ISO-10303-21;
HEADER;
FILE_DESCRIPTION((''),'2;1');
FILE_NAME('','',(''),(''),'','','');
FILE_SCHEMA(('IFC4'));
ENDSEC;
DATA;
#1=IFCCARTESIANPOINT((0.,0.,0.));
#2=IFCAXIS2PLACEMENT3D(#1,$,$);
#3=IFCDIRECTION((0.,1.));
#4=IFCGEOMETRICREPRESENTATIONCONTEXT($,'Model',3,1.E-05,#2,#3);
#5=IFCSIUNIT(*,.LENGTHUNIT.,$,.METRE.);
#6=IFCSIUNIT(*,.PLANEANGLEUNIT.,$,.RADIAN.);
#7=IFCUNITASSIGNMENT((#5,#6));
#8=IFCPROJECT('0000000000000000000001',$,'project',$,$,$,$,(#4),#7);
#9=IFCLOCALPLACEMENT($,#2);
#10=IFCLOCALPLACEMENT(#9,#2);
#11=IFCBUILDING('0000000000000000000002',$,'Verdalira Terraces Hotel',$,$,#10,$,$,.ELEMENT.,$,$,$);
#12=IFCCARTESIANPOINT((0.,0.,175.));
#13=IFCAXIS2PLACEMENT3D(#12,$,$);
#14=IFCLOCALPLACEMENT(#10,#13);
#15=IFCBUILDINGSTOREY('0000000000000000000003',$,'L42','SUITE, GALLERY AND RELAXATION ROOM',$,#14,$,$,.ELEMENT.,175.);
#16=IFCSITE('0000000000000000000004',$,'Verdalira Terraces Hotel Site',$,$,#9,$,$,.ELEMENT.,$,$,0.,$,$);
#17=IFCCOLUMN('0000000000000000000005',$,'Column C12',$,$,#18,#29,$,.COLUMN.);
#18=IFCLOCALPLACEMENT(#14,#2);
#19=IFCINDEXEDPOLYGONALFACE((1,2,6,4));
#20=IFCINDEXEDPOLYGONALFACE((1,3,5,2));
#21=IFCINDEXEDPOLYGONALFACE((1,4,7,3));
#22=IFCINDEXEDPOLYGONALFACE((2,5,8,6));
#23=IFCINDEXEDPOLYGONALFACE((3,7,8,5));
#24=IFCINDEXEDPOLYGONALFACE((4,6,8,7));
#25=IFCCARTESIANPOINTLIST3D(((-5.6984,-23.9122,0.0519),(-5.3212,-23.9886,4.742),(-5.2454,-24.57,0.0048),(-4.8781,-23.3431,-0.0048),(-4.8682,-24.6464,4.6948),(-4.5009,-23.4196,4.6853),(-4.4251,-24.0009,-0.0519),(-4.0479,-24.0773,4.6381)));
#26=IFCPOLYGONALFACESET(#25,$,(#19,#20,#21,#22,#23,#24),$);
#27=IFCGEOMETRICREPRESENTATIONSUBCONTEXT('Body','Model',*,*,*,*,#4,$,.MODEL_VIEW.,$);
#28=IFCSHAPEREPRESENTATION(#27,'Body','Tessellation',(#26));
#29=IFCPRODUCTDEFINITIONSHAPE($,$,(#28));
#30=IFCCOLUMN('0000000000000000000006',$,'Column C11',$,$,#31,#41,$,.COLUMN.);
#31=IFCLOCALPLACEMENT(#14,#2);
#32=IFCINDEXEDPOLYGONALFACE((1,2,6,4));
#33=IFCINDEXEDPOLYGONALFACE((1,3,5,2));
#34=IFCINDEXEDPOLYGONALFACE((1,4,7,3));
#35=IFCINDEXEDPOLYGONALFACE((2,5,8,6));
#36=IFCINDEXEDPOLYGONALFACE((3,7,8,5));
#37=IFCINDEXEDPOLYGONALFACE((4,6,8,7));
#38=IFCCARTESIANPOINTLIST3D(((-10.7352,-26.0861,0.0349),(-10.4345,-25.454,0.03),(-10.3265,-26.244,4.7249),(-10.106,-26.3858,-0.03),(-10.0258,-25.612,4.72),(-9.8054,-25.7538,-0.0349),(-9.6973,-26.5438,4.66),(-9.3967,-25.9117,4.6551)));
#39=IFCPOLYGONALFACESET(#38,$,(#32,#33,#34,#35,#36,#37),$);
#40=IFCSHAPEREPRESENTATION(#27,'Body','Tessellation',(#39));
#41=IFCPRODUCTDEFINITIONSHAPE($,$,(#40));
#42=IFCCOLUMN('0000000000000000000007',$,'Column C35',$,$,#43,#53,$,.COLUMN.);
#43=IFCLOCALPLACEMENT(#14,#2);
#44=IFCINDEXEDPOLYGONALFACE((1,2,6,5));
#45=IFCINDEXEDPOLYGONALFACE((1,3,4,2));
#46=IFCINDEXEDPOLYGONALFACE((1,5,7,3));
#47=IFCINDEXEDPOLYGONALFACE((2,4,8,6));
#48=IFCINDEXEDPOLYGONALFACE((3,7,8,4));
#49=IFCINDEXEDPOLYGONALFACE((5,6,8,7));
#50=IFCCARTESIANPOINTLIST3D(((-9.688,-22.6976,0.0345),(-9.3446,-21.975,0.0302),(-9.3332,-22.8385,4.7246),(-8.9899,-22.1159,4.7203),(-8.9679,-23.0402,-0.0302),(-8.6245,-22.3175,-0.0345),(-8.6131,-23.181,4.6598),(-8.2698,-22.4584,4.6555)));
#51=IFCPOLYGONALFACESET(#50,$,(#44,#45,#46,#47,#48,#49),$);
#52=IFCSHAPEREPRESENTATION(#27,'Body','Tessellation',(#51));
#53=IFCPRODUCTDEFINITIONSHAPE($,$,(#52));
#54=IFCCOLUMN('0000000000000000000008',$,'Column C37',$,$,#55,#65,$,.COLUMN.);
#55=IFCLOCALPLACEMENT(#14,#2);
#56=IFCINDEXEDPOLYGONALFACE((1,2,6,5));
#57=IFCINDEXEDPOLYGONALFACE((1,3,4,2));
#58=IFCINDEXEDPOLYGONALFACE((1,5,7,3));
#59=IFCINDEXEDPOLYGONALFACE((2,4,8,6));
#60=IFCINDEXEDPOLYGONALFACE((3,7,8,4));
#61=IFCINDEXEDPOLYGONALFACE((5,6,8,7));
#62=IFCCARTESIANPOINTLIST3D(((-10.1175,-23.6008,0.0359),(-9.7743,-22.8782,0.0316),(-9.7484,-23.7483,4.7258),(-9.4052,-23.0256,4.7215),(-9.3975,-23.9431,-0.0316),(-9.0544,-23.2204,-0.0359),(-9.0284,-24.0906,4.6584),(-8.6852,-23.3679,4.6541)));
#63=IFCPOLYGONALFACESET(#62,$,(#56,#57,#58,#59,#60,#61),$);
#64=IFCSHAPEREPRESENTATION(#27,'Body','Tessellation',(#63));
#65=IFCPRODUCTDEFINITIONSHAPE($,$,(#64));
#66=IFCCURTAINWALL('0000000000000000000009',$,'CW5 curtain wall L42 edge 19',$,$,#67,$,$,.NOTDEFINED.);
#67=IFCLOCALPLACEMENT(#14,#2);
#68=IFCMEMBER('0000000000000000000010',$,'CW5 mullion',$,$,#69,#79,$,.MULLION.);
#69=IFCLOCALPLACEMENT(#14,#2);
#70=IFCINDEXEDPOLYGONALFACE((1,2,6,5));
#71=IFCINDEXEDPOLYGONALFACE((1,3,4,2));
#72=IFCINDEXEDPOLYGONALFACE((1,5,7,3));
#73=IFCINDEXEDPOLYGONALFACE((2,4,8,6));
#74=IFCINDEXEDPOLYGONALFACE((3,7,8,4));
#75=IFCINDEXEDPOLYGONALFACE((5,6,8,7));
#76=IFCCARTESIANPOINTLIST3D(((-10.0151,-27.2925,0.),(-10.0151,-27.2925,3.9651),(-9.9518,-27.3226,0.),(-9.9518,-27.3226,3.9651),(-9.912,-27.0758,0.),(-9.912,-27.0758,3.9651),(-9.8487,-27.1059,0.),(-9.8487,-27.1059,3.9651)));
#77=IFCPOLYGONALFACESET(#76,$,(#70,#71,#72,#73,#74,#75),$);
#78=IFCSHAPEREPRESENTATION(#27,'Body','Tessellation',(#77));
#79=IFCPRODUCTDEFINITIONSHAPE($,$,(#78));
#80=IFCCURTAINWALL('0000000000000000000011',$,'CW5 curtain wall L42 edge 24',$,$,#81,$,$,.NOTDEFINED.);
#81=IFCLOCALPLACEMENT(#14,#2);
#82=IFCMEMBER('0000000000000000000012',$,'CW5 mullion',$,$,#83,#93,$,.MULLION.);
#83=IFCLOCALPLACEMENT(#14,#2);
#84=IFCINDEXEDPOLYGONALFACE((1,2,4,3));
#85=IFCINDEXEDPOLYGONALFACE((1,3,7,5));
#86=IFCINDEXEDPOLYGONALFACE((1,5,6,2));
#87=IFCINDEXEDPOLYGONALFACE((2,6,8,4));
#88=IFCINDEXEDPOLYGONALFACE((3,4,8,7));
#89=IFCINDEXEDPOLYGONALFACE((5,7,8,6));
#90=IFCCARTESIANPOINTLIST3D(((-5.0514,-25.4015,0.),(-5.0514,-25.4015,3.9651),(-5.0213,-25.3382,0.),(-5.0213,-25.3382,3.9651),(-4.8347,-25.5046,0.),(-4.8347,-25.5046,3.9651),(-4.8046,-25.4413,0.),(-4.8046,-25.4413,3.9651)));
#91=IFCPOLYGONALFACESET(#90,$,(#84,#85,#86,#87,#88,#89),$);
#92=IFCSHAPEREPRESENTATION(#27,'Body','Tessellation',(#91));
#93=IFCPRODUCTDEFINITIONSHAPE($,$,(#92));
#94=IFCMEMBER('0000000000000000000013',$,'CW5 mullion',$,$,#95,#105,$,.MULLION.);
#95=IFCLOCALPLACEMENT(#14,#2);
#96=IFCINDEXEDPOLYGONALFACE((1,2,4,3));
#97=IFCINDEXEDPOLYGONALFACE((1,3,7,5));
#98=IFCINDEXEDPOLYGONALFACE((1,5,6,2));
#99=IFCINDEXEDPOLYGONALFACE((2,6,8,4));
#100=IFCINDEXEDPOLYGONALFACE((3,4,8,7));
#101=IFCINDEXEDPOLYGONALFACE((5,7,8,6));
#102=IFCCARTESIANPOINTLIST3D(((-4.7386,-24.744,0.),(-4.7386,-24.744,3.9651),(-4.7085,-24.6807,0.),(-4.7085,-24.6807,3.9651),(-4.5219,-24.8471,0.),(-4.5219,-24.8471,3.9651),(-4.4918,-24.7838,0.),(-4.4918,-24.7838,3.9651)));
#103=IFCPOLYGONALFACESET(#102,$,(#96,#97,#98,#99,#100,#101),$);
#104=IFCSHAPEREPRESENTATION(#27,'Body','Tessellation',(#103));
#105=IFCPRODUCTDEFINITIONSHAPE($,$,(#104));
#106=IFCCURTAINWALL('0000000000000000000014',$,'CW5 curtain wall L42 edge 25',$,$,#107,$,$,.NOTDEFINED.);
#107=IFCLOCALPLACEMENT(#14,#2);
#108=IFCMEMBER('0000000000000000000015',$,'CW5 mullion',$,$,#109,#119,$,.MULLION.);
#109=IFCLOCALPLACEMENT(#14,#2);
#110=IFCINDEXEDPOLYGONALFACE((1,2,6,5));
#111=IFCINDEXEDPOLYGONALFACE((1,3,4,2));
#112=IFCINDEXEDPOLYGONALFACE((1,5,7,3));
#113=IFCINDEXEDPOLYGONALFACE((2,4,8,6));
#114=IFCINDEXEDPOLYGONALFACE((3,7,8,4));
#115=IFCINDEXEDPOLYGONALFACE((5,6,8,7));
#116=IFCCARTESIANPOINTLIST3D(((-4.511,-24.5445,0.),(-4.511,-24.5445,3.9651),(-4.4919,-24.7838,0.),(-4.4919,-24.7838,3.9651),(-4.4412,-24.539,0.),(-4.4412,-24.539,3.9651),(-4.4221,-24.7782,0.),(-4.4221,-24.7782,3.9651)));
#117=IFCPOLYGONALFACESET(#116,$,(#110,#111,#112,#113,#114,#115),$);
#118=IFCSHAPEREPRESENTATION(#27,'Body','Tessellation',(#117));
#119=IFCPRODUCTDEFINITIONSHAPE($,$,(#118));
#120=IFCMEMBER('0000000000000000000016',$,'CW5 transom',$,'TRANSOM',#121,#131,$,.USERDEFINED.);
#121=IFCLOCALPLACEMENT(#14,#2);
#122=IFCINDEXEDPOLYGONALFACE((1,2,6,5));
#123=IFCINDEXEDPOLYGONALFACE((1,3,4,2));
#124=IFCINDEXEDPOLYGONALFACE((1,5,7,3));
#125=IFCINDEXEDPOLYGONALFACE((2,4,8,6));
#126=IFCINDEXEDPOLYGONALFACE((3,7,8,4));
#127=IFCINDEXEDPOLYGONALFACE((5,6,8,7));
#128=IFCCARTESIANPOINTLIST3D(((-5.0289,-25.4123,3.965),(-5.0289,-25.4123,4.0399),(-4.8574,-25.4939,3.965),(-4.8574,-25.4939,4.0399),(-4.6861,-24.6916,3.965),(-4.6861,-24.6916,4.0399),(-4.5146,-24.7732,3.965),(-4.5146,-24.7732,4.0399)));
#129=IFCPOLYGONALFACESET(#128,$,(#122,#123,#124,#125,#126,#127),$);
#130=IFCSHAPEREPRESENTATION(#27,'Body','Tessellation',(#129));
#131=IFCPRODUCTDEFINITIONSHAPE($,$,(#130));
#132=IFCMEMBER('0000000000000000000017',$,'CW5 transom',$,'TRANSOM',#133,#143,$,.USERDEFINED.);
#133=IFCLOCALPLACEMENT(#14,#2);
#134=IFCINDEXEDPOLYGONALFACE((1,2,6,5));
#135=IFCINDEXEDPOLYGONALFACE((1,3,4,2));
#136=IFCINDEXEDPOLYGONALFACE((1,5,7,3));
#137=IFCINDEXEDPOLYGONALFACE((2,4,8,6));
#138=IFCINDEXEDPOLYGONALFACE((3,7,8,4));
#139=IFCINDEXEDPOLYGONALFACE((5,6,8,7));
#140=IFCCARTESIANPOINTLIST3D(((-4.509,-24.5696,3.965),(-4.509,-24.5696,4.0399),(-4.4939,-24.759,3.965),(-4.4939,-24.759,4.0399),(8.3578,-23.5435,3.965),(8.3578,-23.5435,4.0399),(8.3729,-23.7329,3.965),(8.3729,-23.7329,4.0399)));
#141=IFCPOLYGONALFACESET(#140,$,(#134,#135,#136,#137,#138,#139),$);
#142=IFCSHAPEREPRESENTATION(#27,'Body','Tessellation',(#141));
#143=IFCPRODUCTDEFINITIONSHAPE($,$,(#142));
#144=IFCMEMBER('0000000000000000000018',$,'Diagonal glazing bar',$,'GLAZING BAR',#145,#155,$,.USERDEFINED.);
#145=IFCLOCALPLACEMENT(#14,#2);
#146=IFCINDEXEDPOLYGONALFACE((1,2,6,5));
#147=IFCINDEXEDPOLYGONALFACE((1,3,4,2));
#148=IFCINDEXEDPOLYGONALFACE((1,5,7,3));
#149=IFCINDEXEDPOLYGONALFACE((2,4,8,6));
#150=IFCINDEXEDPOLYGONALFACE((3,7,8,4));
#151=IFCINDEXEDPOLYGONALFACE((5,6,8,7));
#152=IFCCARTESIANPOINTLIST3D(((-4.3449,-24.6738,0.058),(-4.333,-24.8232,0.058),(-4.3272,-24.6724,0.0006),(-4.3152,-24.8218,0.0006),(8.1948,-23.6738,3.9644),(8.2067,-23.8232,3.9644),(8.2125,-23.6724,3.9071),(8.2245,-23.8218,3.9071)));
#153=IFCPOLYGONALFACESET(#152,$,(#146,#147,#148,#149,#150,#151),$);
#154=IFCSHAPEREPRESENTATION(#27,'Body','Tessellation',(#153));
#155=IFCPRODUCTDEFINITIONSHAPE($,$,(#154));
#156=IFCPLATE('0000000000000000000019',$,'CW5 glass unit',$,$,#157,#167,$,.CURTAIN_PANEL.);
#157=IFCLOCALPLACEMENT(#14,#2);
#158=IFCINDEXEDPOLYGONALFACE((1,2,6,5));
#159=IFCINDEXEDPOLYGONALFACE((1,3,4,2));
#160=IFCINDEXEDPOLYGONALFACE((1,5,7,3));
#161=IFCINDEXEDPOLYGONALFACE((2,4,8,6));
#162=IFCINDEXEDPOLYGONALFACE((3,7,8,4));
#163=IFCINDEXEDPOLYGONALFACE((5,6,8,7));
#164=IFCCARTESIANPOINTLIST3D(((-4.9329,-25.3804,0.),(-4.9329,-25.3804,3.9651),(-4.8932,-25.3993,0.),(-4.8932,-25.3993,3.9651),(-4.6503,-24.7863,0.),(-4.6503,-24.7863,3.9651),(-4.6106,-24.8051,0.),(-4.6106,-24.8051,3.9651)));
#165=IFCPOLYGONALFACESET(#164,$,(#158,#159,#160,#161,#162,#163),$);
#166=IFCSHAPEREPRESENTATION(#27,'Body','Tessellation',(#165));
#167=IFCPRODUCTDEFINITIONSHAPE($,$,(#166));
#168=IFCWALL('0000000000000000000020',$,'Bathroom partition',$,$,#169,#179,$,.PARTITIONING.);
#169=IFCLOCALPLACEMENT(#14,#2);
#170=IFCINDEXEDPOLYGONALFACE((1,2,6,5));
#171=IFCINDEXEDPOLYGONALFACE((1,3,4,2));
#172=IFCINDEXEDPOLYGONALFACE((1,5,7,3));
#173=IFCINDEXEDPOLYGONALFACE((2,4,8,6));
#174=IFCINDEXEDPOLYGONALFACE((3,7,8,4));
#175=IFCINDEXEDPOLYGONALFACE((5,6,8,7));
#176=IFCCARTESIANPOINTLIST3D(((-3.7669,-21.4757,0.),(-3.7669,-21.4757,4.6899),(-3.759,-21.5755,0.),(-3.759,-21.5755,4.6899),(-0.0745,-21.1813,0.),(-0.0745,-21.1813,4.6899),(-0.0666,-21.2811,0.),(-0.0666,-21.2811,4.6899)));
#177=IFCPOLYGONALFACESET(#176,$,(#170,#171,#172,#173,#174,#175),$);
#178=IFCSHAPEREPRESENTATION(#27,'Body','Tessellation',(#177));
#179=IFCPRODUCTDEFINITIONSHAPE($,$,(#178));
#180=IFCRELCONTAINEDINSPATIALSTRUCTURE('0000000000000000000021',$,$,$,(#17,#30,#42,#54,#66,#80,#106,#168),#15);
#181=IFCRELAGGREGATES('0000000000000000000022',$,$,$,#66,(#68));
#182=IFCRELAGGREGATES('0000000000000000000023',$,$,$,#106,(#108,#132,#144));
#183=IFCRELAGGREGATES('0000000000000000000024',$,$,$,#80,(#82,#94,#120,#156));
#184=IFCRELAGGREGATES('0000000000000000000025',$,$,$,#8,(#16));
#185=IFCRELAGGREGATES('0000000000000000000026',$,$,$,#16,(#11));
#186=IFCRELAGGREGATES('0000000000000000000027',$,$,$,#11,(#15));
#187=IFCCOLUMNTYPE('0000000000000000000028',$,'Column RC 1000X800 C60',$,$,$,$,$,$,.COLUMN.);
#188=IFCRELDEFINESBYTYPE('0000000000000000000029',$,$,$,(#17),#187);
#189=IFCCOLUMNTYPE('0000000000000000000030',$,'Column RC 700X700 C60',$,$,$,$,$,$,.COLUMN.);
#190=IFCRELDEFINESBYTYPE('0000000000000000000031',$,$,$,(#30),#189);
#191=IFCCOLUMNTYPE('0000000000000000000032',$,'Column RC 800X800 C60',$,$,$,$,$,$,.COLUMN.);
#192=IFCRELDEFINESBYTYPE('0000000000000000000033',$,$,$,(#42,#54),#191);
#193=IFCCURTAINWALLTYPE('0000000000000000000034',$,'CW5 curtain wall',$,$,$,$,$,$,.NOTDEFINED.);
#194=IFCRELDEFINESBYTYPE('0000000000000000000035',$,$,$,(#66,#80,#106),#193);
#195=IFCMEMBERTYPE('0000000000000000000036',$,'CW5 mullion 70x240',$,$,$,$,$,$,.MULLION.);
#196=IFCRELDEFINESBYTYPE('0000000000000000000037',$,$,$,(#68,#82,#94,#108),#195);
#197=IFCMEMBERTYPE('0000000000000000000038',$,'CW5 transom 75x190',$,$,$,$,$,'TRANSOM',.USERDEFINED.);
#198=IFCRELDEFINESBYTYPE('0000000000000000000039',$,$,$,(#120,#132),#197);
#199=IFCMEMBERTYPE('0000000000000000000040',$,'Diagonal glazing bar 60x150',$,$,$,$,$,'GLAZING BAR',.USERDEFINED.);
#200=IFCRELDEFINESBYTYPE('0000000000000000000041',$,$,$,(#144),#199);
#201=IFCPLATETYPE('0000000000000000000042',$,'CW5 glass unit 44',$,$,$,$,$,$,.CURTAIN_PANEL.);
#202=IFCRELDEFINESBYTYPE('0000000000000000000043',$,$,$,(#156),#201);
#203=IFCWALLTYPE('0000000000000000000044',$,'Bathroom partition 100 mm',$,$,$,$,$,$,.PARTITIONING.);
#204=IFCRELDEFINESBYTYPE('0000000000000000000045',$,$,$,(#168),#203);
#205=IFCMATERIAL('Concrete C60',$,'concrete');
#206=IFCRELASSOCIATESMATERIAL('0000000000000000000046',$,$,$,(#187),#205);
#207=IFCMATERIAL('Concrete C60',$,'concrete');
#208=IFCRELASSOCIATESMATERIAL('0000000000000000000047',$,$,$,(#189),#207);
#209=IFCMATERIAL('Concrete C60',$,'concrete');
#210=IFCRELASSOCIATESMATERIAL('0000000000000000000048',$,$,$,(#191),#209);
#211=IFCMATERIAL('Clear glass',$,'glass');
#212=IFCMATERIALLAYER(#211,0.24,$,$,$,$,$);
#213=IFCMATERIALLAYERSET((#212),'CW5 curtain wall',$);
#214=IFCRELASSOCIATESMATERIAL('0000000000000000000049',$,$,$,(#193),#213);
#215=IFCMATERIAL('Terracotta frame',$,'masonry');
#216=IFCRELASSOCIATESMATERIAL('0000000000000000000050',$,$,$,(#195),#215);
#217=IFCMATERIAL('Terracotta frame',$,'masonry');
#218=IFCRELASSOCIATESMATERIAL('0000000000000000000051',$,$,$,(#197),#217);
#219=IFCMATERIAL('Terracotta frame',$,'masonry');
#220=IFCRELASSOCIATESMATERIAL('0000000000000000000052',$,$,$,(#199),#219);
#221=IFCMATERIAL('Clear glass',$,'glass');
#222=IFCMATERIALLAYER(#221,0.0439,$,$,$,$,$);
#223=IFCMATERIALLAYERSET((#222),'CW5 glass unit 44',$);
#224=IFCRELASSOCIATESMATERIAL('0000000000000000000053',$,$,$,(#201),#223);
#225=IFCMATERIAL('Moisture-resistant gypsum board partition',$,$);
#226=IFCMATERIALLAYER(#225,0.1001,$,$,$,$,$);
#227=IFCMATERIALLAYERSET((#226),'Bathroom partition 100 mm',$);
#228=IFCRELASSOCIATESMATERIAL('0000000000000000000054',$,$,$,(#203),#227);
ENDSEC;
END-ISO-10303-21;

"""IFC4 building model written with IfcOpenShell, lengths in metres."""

from ifc_helpers import new_model, si_unit, direction, frame, frame_2d, origin, origin_2d, place, context, subcontext, project, spatial, rectangle, extrude, material, layer, layer_set, material_profile, profile_set, type_object, element, aggregate, save


model = new_model("IFC4")

# Units and contexts
model_context = context("Model", 3, precision=1e-05, world=origin(), true_north=direction((0.0, 1.0)))
body_context = subcontext(model_context, "Body", "Model", "MODEL_VIEW")
ifc_project = project(units=[si_unit("LENGTHUNIT", "METRE"), si_unit("PLANEANGLEUNIT", "RADIAN")], contexts=[model_context])

# Site, building, storey
site_placement = place(None, origin())
site = spatial("IfcSite", under=ifc_project, at=site_placement, Name="Verdalira Terraces Hotel Site", CompositionType="ELEMENT", RefElevation=0.0)
building_placement = place(site_placement, origin())
building = spatial("IfcBuilding", under=site, at=building_placement, Name="Verdalira Terraces Hotel", CompositionType="ELEMENT")
storey_placement = place(building_placement, frame((0.0, 0.0, 175.0)))
storey = spatial("IfcBuildingStorey", under=building, at=storey_placement, Name="L42", Description="SUITE, GALLERY AND RELAXATION ROOM", CompositionType="ELEMENT", Elevation=175.0)

# Columns
ifc_material_1 = material(Name="Concrete C60", Category="concrete")
ifc_material_profile_1 = material_profile(ifc_material_1, rectangle(XDim=1.0, YDim=0.8, at=origin_2d()), Name="RC 1000X800")
ifc_profile_set_1 = profile_set([ifc_material_profile_1], Name="Concrete C60")
column_type_1 = type_object("IfcColumnType", Name="Column RC 1000X800 C60", PredefinedType="COLUMN", material=ifc_profile_set_1)
column_1_placement = place(storey_placement, frame((-5.0618, -23.9565, 0.0), z_axis=(0.080157, -0.016239, 0.99665), x_axis=(-0.820324, -0.569081, 0.056704)))
element("IfcColumn", 1, at=column_1_placement, inside=storey, type_object=column_type_1, Name="Column C12", PredefinedType="COLUMN", context=body_context, shape_type="SweptSolid", body=[
    extrude(rectangle(XDim=1.0, YDim=0.8, at=origin_2d()), origin(), (0.0, 0.0, 1.0), 4.7058),
])
ifc_material_2 = material(Name="Concrete C60", Category="concrete")
ifc_material_profile_2 = material_profile(ifc_material_2, rectangle(XDim=0.7, YDim=0.7, at=origin_2d()), Name="RC 700X700")
ifc_profile_set_2 = profile_set([ifc_material_profile_2], Name="Concrete C60")
column_type_2 = type_object("IfcColumnType", Name="Column RC 700X700 C60", PredefinedType="COLUMN", material=ifc_profile_set_2)
column_2_placement = place(storey_placement, frame((-10.2703, -25.9199, 0.0), z_axis=(0.086764, -0.033534, 0.995664), x_axis=(0.898888, -0.42825, -0.092755)))
element("IfcColumn", 2, at=column_2_placement, inside=storey, type_object=column_type_2, Name="Column C11", PredefinedType="COLUMN", context=body_context, shape_type="SweptSolid", body=[
    extrude(rectangle(XDim=0.7, YDim=0.7, at=origin_2d()), origin(), (0.0, 0.0, 1.0), 4.7104),
])
ifc_material_3 = material(Name="Concrete C60", Category="concrete")
ifc_material_profile_3 = material_profile(ifc_material_3, rectangle(XDim=0.8, YDim=0.8, at=origin_2d()), Name="RC 800X800")
ifc_profile_set_3 = profile_set([ifc_material_profile_3], Name="Concrete C60")
column_type_3 = type_object("IfcColumnType", Name="Column RC 800X800 C60", PredefinedType="COLUMN", material=ifc_profile_set_3)
column_3_placement = place(storey_placement, frame((-9.1562, -22.5076, 0.0), z_axis=(0.075388, -0.029937, 0.996705), x_axis=(-0.429192, -0.903197, 0.005334)))
element("IfcColumn", 3, at=column_3_placement, inside=storey, type_object=column_type_3, Name="Column C35", PredefinedType="COLUMN", context=body_context, shape_type="SweptSolid", body=[
    extrude(rectangle(XDim=0.8, YDim=0.8, at=origin_2d()), origin(), (0.0, 0.0, 1.0), 4.7056),
])
column_4_placement = place(storey_placement, frame((-9.5859, -23.4106, 0.0), z_axis=(0.078428, -0.03133, 0.996427), x_axis=(-0.428957, -0.903309, 0.005361)))
element("IfcColumn", 4, at=column_4_placement, inside=storey, type_object=column_type_3, Name="Column C37", PredefinedType="COLUMN", context=body_context, shape_type="SweptSolid", body=[
    extrude(rectangle(XDim=0.8, YDim=0.8, at=origin_2d()), origin(), (0.0, 0.0, 1.0), 4.7068),
])

# Curtain wall, member
ifc_material_4 = material(Name="Clear glass", Category="glass")
ifc_layer_1 = layer(ifc_material_4, 0.24)
ifc_layer_set_1 = layer_set([ifc_layer_1], Name="CW5 curtain wall")
curtain_wall_type = type_object("IfcCurtainWallType", Name="CW5 curtain wall", PredefinedType="NOTDEFINED", material=ifc_layer_set_1)
curtain_wall_1_placement = place(storey_placement, origin())
curtain_wall_1 = element("IfcCurtainWall", 5, at=curtain_wall_1_placement, inside=storey, type_object=curtain_wall_type, Name="CW5 curtain wall L42 edge 19", PredefinedType="NOTDEFINED")
ifc_material_5 = material(Name="Terracotta frame", Category="masonry")
ifc_material_profile_4 = material_profile(ifc_material_5, rectangle(XDim=0.0701, YDim=0.24, at=origin_2d()), Name="MU 70x240")
ifc_profile_set_4 = profile_set([ifc_material_profile_4], Name="Terracotta frame")
member_type_1 = type_object("IfcMemberType", Name="CW5 mullion 70x240", PredefinedType="MULLION", material=ifc_profile_set_4)
member_1_placement = place(storey_placement, frame((-9.9319, -27.1992, 0.0), z_axis=(0.0, 0.0, 1.0), x_axis=(0.903036, -0.429566, 0.0)))
member_1 = element("IfcMember", 6, at=member_1_placement, type_object=member_type_1, Name="CW5 mullion", PredefinedType="MULLION", context=body_context, shape_type="SweptSolid", body=[
    extrude(rectangle(XDim=0.0701, YDim=0.24, at=origin_2d()), origin(), (0.0, 0.0, 1.0), 3.9651),
])
aggregate(curtain_wall_1, [member_1])

# Curtain wall, members
curtain_wall_2_placement = place(storey_placement, origin())
curtain_wall_2 = element("IfcCurtainWall", 7, at=curtain_wall_2_placement, inside=storey, type_object=curtain_wall_type, Name="CW5 curtain wall L42 edge 24", PredefinedType="NOTDEFINED")
member_2_placement = place(storey_placement, frame((-4.928, -25.4214, 0.0), z_axis=(0.0, 0.0, 1.0), x_axis=(0.429566, 0.903036, 0.0)))
member_2 = element("IfcMember", 8, at=member_2_placement, type_object=member_type_1, Name="CW5 mullion", PredefinedType="MULLION", context=body_context, shape_type="SweptSolid", body=[
    extrude(rectangle(XDim=0.0701, YDim=0.24, at=origin_2d()), origin(), (0.0, 0.0, 1.0), 3.9651),
])
member_3_placement = place(storey_placement, frame((-4.6152, -24.7639, 0.0), z_axis=(0.0, 0.0, 1.0), x_axis=(0.429566, 0.903036, 0.0)))
member_3 = element("IfcMember", 9, at=member_3_placement, type_object=member_type_1, Name="CW5 mullion", PredefinedType="MULLION", context=body_context, shape_type="SweptSolid", body=[
    extrude(rectangle(XDim=0.0701, YDim=0.24, at=origin_2d()), origin(), (0.0, 0.0, 1.0), 3.9651),
])

# Curtain wall, member
curtain_wall_3_placement = place(storey_placement, origin())
curtain_wall_3 = element("IfcCurtainWall", 10, at=curtain_wall_3_placement, inside=storey, type_object=curtain_wall_type, Name="CW5 curtain wall L42 edge 25", PredefinedType="NOTDEFINED")
member_4_placement = place(storey_placement, frame((-4.4666, -24.6614, 0.0), z_axis=(0.0, 0.0, 1.0), x_axis=(0.996835, 0.079503, 0.0)))
member_4 = element("IfcMember", 11, at=member_4_placement, type_object=member_type_1, Name="CW5 mullion", PredefinedType="MULLION", context=body_context, shape_type="SweptSolid", body=[
    extrude(rectangle(XDim=0.0701, YDim=0.24, at=origin_2d()), origin(), (0.0, 0.0, 1.0), 3.9651),
])

# Members
ifc_material_6 = material(Name="Terracotta frame", Category="masonry")
ifc_material_profile_5 = material_profile(ifc_material_6, rectangle(XDim=0.1899, YDim=0.075, at=origin_2d()), Name="TR 75x190")
ifc_profile_set_5 = profile_set([ifc_material_profile_5], Name="Terracotta frame")
member_type_2 = type_object("IfcMemberType", Name="CW5 transom 75x190", ElementType="TRANSOM", PredefinedType="USERDEFINED", material=ifc_profile_set_5)
member_5_placement = place(storey_placement, frame((-4.9431, -25.4531, 4.0024), z_axis=(0.429506, 0.903064, 0.0), x_axis=(-0.903064, 0.429506, 0.0)))
member_5 = element("IfcMember", 12, at=member_5_placement, type_object=member_type_2, Name="CW5 transom", ObjectType="TRANSOM", PredefinedType="USERDEFINED", context=body_context, shape_type="SweptSolid", body=[
    extrude(rectangle(XDim=0.1899, YDim=0.075, at=origin_2d()), origin(), (0.0, 0.0, 1.0), 0.7981),
])
member_6_placement = place(storey_placement, frame((-4.5015, -24.6643, 4.0024), z_axis=(0.996835, 0.079496, 0.0), x_axis=(-0.079496, 0.996835, 0.0)))
member_6 = element("IfcMember", 13, at=member_6_placement, type_object=member_type_2, Name="CW5 transom", ObjectType="TRANSOM", PredefinedType="USERDEFINED", context=body_context, shape_type="SweptSolid", body=[
    extrude(rectangle(XDim=0.1899, YDim=0.075, at=origin_2d()), origin(), (0.0, 0.0, 1.0), 12.9077),
])
ifc_material_7 = material(Name="Terracotta frame", Category="masonry")
ifc_material_profile_6 = material_profile(ifc_material_7, rectangle(XDim=0.1499, YDim=0.0601, at=origin_2d()), Name="GB 60x150")
ifc_profile_set_6 = profile_set([ifc_material_profile_6], Name="Terracotta frame")
member_type_3 = type_object("IfcMemberType", Name="Diagonal glazing bar 60x150", ElementType="GLAZING BAR", PredefinedType="USERDEFINED", material=ifc_profile_set_6)
member_7_placement = place(storey_placement, frame((-4.3301, -24.7478, 0.0293), z_axis=(0.951989, 0.075917, 0.296571), x_axis=(-0.079494, 0.996835, 0.0)))
member_7 = element("IfcMember", 14, at=member_7_placement, type_object=member_type_3, Name="Diagonal glazing bar", ObjectType="GLAZING BAR", PredefinedType="USERDEFINED", context=body_context, shape_type="SweptSolid", body=[
    extrude(rectangle(XDim=0.1499, YDim=0.0601, at=origin_2d()), origin(), (0.0, 0.0, 1.0), 13.1721),
])
aggregate(curtain_wall_3, [member_4, member_6, member_7])

# Plate
ifc_material_8 = material(Name="Clear glass", Category="glass")
ifc_layer_2 = layer(ifc_material_8, 0.0439)
ifc_layer_set_2 = layer_set([ifc_layer_2], Name="CW5 glass unit 44")
plate_type = type_object("IfcPlateType", Name="CW5 glass unit 44", PredefinedType="CURTAIN_PANEL", material=ifc_layer_set_2)
plate_placement = place(storey_placement, frame((-4.7717, -25.0928, 0.0), z_axis=(0.0, 0.0, 1.0), x_axis=(0.429566, 0.903036, 0.0)))
plate = element("IfcPlate", 15, at=plate_placement, type_object=plate_type, Name="CW5 glass unit", PredefinedType="CURTAIN_PANEL", context=body_context, shape_type="SweptSolid", body=[
    extrude(rectangle(XDim=0.658, YDim=0.0439, at=origin_2d()), origin(), (0.0, 0.0, 1.0), 3.9651),
])
aggregate(curtain_wall_2, [member_2, member_3, member_5, plate])

# Wall
ifc_material_9 = material(Name="Moisture-resistant gypsum board partition")
ifc_layer_3 = layer(ifc_material_9, 0.1001)
ifc_layer_set_3 = layer_set([ifc_layer_3], Name="Bathroom partition 100 mm")
wall_type_1 = type_object("IfcWallType", Name="Bathroom partition 100 mm", PredefinedType="PARTITIONING", material=ifc_layer_set_3)
wall_1_placement = place(storey_placement, frame((-0.0706, -21.2312, 0.0), z_axis=(0.0, 0.0, 1.0), x_axis=(-0.996836, -0.079488, 0.0)))
element("IfcWall", 16, at=wall_1_placement, inside=storey, type_object=wall_type_1, Name="Bathroom partition", PredefinedType="PARTITIONING", context=body_context, shape_type="SweptSolid", body=[
    extrude(rectangle(XDim=3.7041, YDim=0.1001, at=frame_2d((1.8521, 0.0))), origin(), (0.0, 0.0, 1.0), 4.6899),
])

save(model, "model.ifc")
